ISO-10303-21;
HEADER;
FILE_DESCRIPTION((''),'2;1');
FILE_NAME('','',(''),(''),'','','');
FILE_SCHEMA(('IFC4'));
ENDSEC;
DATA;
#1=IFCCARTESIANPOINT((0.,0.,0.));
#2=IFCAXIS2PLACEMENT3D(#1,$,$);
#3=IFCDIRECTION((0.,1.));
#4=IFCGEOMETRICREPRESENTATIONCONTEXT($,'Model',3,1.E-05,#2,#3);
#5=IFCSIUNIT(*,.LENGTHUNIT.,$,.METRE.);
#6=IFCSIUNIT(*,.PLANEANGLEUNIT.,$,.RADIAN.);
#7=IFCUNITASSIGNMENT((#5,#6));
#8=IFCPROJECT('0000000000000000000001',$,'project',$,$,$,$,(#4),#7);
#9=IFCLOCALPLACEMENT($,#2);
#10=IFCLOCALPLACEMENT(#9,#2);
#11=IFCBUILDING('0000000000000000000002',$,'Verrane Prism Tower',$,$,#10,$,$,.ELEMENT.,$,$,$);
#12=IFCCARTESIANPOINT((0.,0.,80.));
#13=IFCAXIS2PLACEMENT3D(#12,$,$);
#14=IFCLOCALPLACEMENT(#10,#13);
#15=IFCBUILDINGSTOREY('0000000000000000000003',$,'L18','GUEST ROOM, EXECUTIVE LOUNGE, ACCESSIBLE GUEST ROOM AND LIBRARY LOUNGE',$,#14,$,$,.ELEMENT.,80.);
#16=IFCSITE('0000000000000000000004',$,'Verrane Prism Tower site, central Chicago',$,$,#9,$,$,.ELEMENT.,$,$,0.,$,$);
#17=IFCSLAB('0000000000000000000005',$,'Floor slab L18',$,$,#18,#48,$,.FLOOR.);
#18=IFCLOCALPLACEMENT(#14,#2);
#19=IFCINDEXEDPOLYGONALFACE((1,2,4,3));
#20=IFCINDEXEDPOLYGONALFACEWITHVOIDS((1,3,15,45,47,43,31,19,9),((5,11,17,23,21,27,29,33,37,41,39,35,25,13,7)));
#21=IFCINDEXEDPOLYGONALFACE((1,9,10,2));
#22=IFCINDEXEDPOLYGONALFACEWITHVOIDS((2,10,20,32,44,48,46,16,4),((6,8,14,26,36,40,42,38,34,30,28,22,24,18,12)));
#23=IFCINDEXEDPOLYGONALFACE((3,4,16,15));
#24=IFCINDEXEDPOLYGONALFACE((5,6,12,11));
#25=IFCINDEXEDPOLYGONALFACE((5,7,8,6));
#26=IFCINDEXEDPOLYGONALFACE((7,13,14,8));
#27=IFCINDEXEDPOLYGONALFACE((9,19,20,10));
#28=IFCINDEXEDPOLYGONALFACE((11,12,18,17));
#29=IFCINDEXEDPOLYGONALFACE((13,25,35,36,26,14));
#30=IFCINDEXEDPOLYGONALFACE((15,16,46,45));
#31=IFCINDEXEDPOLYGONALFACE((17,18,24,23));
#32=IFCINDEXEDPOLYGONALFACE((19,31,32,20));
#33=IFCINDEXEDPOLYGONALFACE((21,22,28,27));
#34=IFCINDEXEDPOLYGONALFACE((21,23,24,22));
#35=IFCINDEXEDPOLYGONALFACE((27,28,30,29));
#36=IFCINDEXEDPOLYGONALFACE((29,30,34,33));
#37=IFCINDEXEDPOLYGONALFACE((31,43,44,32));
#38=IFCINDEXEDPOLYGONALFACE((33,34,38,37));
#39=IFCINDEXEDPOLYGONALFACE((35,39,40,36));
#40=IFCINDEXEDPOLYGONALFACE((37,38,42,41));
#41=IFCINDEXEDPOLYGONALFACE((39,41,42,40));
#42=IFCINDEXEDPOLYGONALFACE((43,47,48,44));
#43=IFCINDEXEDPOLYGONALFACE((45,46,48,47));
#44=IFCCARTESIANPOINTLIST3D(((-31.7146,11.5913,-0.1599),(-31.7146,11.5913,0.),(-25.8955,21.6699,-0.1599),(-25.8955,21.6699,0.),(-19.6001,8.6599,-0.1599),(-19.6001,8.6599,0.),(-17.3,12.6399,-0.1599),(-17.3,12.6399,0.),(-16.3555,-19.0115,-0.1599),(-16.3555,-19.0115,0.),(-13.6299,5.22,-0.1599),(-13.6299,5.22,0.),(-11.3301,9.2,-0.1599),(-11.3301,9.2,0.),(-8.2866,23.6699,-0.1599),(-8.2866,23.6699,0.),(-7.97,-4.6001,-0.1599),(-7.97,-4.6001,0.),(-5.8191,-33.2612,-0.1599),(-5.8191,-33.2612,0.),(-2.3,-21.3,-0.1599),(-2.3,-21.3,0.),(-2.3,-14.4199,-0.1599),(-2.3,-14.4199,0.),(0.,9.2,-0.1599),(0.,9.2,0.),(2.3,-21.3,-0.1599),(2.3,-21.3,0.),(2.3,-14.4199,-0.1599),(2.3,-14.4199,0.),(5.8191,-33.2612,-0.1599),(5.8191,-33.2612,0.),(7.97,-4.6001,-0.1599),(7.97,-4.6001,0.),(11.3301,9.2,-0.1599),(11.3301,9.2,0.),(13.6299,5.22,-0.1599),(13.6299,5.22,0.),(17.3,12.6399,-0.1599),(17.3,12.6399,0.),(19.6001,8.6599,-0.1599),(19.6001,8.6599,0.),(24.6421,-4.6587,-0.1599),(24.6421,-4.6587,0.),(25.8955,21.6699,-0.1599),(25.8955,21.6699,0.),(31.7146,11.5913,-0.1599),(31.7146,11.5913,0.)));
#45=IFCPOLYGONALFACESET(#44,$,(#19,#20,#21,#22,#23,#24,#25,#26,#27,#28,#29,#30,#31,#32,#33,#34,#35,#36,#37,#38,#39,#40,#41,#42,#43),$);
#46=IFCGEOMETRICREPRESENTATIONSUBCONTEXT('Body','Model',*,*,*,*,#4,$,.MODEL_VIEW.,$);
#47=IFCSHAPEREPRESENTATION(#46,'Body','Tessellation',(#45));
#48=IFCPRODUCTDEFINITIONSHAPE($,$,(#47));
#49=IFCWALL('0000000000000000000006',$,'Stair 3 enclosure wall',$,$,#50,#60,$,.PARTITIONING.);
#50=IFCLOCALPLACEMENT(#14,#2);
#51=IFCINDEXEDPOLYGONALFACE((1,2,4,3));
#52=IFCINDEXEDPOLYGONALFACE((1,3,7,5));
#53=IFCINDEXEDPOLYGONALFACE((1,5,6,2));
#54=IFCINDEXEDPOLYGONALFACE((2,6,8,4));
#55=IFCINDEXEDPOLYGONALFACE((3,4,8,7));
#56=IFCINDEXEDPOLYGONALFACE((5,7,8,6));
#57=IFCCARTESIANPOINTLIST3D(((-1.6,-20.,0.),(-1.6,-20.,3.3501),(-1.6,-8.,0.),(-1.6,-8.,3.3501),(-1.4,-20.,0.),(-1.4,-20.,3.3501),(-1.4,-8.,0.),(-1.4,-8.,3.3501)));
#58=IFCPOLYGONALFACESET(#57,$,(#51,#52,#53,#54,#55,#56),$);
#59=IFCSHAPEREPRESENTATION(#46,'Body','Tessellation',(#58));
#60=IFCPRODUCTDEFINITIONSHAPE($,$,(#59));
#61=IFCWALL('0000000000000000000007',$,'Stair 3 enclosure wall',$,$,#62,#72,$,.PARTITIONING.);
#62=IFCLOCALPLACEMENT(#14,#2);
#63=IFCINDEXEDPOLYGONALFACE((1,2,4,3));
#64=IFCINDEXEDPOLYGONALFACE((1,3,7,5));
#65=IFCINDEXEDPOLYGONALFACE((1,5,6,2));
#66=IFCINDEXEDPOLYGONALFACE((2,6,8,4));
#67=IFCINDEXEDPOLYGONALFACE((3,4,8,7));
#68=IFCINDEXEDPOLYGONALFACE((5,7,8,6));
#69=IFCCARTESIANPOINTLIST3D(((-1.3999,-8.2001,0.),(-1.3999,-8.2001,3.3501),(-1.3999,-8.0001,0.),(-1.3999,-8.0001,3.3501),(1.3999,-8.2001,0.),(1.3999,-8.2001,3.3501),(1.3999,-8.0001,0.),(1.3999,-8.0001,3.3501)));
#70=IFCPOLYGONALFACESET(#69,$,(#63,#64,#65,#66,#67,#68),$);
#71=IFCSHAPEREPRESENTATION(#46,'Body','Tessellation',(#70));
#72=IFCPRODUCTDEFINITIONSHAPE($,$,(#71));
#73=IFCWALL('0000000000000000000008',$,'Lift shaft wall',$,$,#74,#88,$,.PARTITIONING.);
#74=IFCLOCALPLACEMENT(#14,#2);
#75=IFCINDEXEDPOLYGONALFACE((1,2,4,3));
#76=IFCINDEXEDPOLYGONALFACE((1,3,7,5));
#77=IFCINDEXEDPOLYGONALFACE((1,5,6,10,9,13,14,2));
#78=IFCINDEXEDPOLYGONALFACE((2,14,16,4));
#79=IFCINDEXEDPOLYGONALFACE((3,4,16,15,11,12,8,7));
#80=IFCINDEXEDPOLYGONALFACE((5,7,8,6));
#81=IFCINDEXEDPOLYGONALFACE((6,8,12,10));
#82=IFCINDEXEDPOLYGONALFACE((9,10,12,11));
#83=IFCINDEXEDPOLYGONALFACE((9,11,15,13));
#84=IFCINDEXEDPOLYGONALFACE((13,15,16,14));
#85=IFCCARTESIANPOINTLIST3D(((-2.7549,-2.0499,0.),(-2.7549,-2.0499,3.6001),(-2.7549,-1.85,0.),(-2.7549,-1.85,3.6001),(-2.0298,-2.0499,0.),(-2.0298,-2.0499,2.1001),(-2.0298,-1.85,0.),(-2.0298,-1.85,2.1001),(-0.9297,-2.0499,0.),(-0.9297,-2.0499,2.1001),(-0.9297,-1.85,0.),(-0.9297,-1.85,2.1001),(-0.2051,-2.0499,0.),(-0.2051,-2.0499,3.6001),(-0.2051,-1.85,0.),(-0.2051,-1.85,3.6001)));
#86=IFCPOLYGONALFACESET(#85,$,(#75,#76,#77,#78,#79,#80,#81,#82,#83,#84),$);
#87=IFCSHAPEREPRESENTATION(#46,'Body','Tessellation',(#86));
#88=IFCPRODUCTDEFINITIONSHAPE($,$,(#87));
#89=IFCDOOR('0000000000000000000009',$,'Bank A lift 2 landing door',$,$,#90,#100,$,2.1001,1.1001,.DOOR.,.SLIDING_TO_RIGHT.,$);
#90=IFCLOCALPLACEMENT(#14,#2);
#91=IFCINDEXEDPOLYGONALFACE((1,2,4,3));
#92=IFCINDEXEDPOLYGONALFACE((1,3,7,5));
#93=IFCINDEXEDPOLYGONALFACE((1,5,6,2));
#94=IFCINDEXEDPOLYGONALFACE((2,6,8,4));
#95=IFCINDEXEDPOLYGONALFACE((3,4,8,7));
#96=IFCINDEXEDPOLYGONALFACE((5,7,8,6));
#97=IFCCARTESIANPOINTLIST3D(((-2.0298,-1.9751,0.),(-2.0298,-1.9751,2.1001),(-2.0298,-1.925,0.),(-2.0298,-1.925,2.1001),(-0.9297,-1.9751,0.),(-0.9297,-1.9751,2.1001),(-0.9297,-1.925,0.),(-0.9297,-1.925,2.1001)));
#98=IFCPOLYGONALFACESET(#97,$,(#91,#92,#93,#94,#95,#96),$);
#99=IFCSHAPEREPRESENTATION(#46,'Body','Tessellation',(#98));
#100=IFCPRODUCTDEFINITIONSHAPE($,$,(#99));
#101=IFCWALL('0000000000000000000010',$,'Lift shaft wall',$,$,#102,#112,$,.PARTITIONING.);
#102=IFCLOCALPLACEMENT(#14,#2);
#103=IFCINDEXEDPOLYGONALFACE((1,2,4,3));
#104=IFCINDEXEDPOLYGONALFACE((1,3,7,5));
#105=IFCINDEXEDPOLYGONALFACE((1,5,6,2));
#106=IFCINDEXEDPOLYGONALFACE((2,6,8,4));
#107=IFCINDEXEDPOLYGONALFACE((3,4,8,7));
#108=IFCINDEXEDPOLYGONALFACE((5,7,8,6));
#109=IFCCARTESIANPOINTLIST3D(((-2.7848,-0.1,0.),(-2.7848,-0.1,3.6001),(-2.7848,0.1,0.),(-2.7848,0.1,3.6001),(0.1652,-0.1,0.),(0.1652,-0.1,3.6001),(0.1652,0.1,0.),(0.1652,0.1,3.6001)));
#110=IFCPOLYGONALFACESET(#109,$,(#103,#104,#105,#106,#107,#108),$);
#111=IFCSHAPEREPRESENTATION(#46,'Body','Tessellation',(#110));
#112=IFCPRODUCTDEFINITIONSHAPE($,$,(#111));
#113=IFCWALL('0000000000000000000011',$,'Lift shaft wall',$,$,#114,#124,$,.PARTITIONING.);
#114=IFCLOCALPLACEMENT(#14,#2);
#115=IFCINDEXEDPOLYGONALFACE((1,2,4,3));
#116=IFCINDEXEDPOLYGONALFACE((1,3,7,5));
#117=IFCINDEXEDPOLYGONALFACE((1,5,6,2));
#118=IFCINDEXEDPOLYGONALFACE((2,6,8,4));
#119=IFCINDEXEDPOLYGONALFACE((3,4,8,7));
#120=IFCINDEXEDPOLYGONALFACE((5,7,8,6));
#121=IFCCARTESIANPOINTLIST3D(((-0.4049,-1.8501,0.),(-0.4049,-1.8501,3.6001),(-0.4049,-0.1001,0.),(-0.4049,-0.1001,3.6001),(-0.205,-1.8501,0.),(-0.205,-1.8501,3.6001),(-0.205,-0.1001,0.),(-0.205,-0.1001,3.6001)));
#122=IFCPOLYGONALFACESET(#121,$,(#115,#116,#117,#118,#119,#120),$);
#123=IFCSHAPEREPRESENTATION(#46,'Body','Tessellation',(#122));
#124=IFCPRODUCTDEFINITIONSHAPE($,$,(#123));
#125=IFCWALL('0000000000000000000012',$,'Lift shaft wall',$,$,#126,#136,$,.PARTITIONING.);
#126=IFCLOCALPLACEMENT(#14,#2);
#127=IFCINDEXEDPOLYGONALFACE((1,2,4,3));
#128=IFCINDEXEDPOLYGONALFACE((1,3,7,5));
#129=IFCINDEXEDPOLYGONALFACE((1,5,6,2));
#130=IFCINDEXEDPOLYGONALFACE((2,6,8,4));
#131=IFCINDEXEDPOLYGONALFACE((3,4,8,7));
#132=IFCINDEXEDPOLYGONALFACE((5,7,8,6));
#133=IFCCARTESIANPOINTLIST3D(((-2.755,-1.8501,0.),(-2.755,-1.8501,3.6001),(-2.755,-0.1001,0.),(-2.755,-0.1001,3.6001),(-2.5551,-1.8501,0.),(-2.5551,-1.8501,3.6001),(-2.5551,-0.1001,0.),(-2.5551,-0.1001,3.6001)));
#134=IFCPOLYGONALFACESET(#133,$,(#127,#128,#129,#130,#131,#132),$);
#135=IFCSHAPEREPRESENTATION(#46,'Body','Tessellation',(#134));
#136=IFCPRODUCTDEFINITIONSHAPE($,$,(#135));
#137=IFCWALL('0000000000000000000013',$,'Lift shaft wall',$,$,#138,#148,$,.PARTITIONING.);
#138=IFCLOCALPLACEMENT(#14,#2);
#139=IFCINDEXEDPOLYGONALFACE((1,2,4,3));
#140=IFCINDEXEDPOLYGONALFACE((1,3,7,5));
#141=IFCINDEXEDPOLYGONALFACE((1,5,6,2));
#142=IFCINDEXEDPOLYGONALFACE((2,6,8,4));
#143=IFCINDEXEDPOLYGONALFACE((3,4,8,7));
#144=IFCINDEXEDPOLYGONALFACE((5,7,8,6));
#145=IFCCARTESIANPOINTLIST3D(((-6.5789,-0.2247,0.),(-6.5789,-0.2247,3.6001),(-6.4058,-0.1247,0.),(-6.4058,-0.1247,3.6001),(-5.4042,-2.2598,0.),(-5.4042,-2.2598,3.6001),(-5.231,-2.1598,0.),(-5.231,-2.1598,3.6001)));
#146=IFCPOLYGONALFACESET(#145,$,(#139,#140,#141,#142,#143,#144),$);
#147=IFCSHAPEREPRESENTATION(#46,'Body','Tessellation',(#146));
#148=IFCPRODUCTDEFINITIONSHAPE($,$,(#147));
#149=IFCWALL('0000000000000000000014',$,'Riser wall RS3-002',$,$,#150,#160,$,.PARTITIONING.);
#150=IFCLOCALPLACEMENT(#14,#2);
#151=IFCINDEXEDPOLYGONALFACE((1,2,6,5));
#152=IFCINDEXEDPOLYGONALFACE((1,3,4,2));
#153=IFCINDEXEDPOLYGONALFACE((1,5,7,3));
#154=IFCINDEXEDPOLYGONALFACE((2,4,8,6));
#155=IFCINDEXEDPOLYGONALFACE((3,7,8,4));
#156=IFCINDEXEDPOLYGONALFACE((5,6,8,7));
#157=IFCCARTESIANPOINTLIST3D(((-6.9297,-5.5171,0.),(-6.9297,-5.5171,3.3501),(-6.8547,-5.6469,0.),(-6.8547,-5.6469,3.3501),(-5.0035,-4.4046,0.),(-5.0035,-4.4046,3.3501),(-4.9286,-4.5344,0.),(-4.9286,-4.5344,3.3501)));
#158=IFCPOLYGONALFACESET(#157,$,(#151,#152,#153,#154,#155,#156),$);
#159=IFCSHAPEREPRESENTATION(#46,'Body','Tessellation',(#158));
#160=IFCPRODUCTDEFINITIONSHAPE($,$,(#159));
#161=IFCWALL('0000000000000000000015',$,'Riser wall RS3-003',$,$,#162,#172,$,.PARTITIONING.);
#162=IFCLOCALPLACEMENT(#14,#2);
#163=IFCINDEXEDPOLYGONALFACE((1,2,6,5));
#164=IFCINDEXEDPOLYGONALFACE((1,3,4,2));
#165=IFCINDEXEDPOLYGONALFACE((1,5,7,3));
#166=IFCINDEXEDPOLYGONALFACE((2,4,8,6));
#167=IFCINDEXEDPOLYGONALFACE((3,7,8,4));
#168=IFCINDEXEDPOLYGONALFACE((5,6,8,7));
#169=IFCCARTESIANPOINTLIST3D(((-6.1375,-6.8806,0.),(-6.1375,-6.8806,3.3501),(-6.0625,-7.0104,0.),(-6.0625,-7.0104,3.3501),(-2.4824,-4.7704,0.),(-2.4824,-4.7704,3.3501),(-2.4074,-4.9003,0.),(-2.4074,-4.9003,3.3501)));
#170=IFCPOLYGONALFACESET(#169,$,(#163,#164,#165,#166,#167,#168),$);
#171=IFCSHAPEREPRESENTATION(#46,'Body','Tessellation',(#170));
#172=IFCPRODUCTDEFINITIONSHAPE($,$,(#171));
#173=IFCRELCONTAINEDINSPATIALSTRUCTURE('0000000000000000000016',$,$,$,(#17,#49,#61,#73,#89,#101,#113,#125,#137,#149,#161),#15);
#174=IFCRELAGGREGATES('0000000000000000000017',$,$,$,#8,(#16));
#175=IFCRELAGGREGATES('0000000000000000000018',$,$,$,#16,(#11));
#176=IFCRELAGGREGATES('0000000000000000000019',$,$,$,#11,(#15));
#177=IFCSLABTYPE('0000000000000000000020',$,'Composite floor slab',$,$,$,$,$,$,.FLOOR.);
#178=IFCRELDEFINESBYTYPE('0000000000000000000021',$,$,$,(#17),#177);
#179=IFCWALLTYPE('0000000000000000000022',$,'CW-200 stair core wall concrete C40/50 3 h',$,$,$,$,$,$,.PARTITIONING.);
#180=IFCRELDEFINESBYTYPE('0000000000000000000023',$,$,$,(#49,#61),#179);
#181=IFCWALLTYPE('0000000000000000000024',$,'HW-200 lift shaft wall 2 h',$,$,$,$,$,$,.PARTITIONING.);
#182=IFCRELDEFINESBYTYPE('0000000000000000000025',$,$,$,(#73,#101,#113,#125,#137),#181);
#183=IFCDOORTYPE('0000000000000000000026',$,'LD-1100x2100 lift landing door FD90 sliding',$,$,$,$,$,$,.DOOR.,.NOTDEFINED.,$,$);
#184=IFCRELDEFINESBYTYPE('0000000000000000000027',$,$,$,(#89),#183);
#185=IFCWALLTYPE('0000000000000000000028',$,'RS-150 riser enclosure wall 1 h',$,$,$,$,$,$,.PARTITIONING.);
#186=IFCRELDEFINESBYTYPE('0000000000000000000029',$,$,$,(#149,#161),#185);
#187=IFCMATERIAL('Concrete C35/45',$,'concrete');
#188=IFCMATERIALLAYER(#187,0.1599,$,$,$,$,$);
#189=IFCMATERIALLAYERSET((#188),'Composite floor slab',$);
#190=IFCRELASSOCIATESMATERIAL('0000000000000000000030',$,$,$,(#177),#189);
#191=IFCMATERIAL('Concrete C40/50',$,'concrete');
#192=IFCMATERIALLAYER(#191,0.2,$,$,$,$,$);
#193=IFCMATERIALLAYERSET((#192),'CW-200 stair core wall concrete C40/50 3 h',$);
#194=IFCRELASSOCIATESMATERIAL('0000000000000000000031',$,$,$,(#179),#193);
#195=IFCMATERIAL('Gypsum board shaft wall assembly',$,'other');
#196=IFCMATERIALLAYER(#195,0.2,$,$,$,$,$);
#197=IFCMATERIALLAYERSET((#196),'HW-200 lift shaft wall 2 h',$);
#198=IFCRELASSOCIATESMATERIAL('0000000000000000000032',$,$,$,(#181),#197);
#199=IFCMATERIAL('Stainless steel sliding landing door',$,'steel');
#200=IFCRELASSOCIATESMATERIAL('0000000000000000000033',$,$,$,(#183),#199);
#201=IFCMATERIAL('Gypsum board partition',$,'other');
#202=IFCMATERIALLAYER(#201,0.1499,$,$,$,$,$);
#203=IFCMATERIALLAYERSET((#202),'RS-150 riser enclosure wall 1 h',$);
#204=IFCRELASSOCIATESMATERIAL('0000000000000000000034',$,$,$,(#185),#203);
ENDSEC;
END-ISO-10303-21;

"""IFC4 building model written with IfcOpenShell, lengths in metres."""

from ifc_helpers import new_model, si_unit, direction, frame, frame_2d, origin, place, context, subcontext, project, spatial, polyline, rectangle, outline, extrude, material, layer, layer_set, type_object, element, fill, save


model = new_model("IFC4")

# Units and contexts
model_context = context("Model", 3, precision=1e-05, world=origin(), true_north=direction((0.0, 1.0)))
body_context = subcontext(model_context, "Body", "Model", "MODEL_VIEW")
ifc_project = project(units=[si_unit("LENGTHUNIT", "METRE"), si_unit("PLANEANGLEUNIT", "RADIAN")], contexts=[model_context])

# Site, building, storey
site_placement = place(None, origin())
site = spatial("IfcSite", under=ifc_project, at=site_placement, Name="Verrane Prism Tower site, central Chicago", CompositionType="ELEMENT", RefElevation=0.0)
building_placement = place(site_placement, origin())
building = spatial("IfcBuilding", under=site, at=building_placement, Name="Verrane Prism Tower", CompositionType="ELEMENT")
storey_placement = place(building_placement, frame((0.0, 0.0, 80.0)))
storey = spatial("IfcBuildingStorey", under=building, at=storey_placement, Name="L18", Description="GUEST ROOM, EXECUTIVE LOUNGE, ACCESSIBLE GUEST ROOM AND LIBRARY LOUNGE", CompositionType="ELEMENT", Elevation=80.0)

# Slab
ifc_material_1 = material(Name="Concrete C35/45", Category="concrete")
ifc_layer_1 = layer(ifc_material_1, 0.1599)
ifc_layer_set_1 = layer_set([ifc_layer_1], Name="Composite floor slab")
slab_type = type_object("IfcSlabType", Name="Composite floor slab", PredefinedType="FLOOR", material=ifc_layer_set_1)
slab_placement = place(storey_placement, frame((0.0, 0.0, -0.1599)))
element("IfcSlab", 1, at=slab_placement, inside=storey, type_object=slab_type, Name="Floor slab L18", PredefinedType="FLOOR", context=body_context, shape_type="SweptSolid", body=[
    extrude(outline(polyline([(24.6421, -4.6587), (5.8191, -33.2612), (-5.8191, -33.2612), (-16.3555, -19.0115), (-31.7146, 11.5913), (-25.8955, 21.6699), (-8.2866, 23.6699), (25.8955, 21.6699), (31.7146, 11.5913), (24.6421, -4.6587)]), holes=[polyline([(19.6001, 8.6599), (17.3, 12.6399), (11.3301, 9.2), (0.0, 9.2), (-11.3301, 9.2), (-17.3, 12.6399), (-19.6001, 8.6599), (-13.6299, 5.22), (-7.97, -4.6001), (-2.3, -14.4199), (-2.3, -21.3), (2.3, -21.3), (2.3, -14.4199), (7.97, -4.6001), (13.6299, 5.22), (19.6001, 8.6599)])]), origin(), (0.0, 0.0, 1.0), 0.1599),
])

# Walls
ifc_material_2 = material(Name="Concrete C40/50", Category="concrete")
ifc_layer_2 = layer(ifc_material_2, 0.2)
ifc_layer_set_2 = layer_set([ifc_layer_2], Name="CW-200 stair core wall concrete C40/50 3 h")
wall_type_1 = type_object("IfcWallType", Name="CW-200 stair core wall concrete C40/50 3 h", PredefinedType="PARTITIONING", material=ifc_layer_set_2)
wall_1_placement = place(storey_placement, frame((-1.5, -8.0, 0.0), z_axis=(0.0, 0.0, 1.0), x_axis=(0.0, -1.0, 0.0)))
element("IfcWall", 2, at=wall_1_placement, inside=storey, type_object=wall_type_1, Name="Stair 3 enclosure wall", PredefinedType="PARTITIONING", context=body_context, shape_type="SweptSolid", body=[
    extrude(rectangle(XDim=12.0, YDim=0.2, at=frame_2d((6.0, 0.0))), origin(), (0.0, 0.0, 1.0), 3.3501),
])
wall_2_placement = place(storey_placement, frame((-1.3999, -8.1001, 0.0), z_axis=(0.0, 0.0, 1.0), x_axis=(1.0, 0.0, 0.0)))
element("IfcWall", 3, at=wall_2_placement, inside=storey, type_object=wall_type_1, Name="Stair 3 enclosure wall", PredefinedType="PARTITIONING", context=body_context, shape_type="SweptSolid", body=[
    extrude(rectangle(XDim=2.7998, YDim=0.2, at=frame_2d((1.3999, 0.0))), origin(), (0.0, 0.0, 1.0), 3.3501),
])

# Wall, opening, door
ifc_material_3 = material(Name="Gypsum board shaft wall assembly", Category="other")
ifc_layer_3 = layer(ifc_material_3, 0.2)
ifc_layer_set_3 = layer_set([ifc_layer_3], Name="HW-200 lift shaft wall 2 h")
wall_type_2 = type_object("IfcWallType", Name="HW-200 lift shaft wall 2 h", PredefinedType="PARTITIONING", material=ifc_layer_set_3)
wall_3_placement = place(storey_placement, frame((-2.7549, -1.95, 0.0), z_axis=(0.0, 0.0, 1.0), x_axis=(1.0, 0.0, 0.0)))
wall_3 = element("IfcWall", 4, at=wall_3_placement, inside=storey, type_object=wall_type_2, Name="Lift shaft wall", PredefinedType="PARTITIONING", context=body_context, shape_type="SweptSolid", body=[
    extrude(rectangle(XDim=2.5498, YDim=0.2, at=frame_2d((1.2749, 0.0))), origin(), (0.0, 0.0, 1.0), 3.6001),
])
opening_1_placement = place(wall_3_placement, frame((0.7251, 0.0, 0.0)))
opening_1 = element("IfcOpeningElement", 5, at=opening_1_placement, cuts=wall_3, PredefinedType="OPENING", context=body_context, shape_type="SweptSolid", body=[
    extrude(rectangle(XDim=1.1001, YDim=2.1001, at=frame_2d((0.55, 1.05))), frame((0.0, 0.1099, 0.0), z_axis=(0.0, -1.0, 0.0), x_axis=(1.0, 0.0, 0.0)), (0.0, 0.0, 1.0), 0.22),
])
ifc_material_4 = material(Name="Stainless steel sliding landing door", Category="steel")
door_type_1 = type_object("IfcDoorType", Name="LD-1100x2100 lift landing door FD90 sliding", OperationType="NOTDEFINED", PredefinedType="DOOR", material=ifc_material_4)
door_1_placement = place(opening_1_placement, origin())
door_1 = element("IfcDoor", 6, at=door_1_placement, inside=storey, type_object=door_type_1, Name="Bank A lift 2 landing door", OperationType="SLIDING_TO_RIGHT", OverallHeight=2.1001, OverallWidth=1.1001, PredefinedType="DOOR", context=body_context, shape_type="SweptSolid", body=[
    extrude(rectangle(XDim=1.1001, YDim=2.1001, at=frame_2d((0.55, 1.05))), frame((0.0, 0.0249, 0.0), z_axis=(0.0, -1.0, 0.0), x_axis=(1.0, 0.0, 0.0)), (0.0, 0.0, 1.0), 0.05),
])
fill(opening_1, door_1)

# Walls
wall_4_placement = place(storey_placement, frame((-2.7849, 0.0, 0.0), z_axis=(0.0, 0.0, 1.0), x_axis=(1.0, 0.0, 0.0)))
element("IfcWall", 7, at=wall_4_placement, inside=storey, type_object=wall_type_2, Name="Lift shaft wall", PredefinedType="PARTITIONING", context=body_context, shape_type="SweptSolid", body=[
    extrude(rectangle(XDim=2.95, YDim=0.2, at=frame_2d((1.4751, 0.0))), origin(), (0.0, 0.0, 1.0), 3.6001),
])
for number, where, z_axis, x_axis, name in (
    (8, (-0.3049, -1.8501, 0.0), (0.0, 0.0, 1.0), (0.0, 1.0, 0.0), "Lift shaft wall"),
    (9, (-2.655, -1.8501, 0.0), (0.0, 0.0, 1.0), (0.0, 1.0, 0.0), "Lift shaft wall"),
):
    element("IfcWall", number, at=place(storey_placement, frame(where, z_axis=z_axis, x_axis=x_axis)), inside=storey, type_object=wall_type_2, Name=name, PredefinedType="PARTITIONING", context=body_context, shape_type="SweptSolid", body=[
        extrude(rectangle(XDim=1.75, YDim=0.2, at=frame_2d((0.875, 0.0))), origin(), (0.0, 0.0, 1.0), 3.6001),
    ])
wall_5_placement = place(storey_placement, frame((-5.3176, -2.2097, 0.0), z_axis=(0.0, 0.0, 1.0), x_axis=(-0.499938, 0.866061, 0.0)))
element("IfcWall", 10, at=wall_5_placement, inside=storey, type_object=wall_type_2, Name="Lift shaft wall", PredefinedType="PARTITIONING", context=body_context, shape_type="SweptSolid", body=[
    extrude(rectangle(XDim=2.3499, YDim=0.2, at=frame_2d((1.1748, 0.0))), origin(), (0.0, 0.0, 1.0), 3.6001),
])
ifc_material_5 = material(Name="Gypsum board partition", Category="other")
ifc_layer_4 = layer(ifc_material_5, 0.1499)
ifc_layer_set_4 = layer_set([ifc_layer_4], Name="RS-150 riser enclosure wall 1 h")
wall_type_3 = type_object("IfcWallType", Name="RS-150 riser enclosure wall 1 h", PredefinedType="PARTITIONING", material=ifc_layer_set_4)
wall_6_placement = place(storey_placement, frame((-6.8923, -5.582, 0.0), z_axis=(0.0, 0.0, 1.0), x_axis=(0.865944, 0.50014, 0.0)))
element("IfcWall", 11, at=wall_6_placement, inside=storey, type_object=wall_type_3, Name="Riser wall RS3-002", PredefinedType="PARTITIONING", context=body_context, shape_type="SweptSolid", body=[
    extrude(rectangle(XDim=2.2244, YDim=0.1499, at=frame_2d((1.1123, 0.0))), origin(), (0.0, 0.0, 1.0), 3.3501),
])
wall_7_placement = place(storey_placement, frame((-6.1001, -6.9456, 0.0), z_axis=(0.0, 0.0, 1.0), x_axis=(0.866038, 0.499978, 0.0)))
element("IfcWall", 12, at=wall_7_placement, inside=storey, type_object=wall_type_3, Name="Riser wall RS3-003", PredefinedType="PARTITIONING", context=body_context, shape_type="SweptSolid", body=[
    extrude(rectangle(XDim=4.2205, YDim=0.1499, at=frame_2d((2.1104, 0.0))), origin(), (0.0, 0.0, 1.0), 3.3501),
])

save(model, "model.ifc")
